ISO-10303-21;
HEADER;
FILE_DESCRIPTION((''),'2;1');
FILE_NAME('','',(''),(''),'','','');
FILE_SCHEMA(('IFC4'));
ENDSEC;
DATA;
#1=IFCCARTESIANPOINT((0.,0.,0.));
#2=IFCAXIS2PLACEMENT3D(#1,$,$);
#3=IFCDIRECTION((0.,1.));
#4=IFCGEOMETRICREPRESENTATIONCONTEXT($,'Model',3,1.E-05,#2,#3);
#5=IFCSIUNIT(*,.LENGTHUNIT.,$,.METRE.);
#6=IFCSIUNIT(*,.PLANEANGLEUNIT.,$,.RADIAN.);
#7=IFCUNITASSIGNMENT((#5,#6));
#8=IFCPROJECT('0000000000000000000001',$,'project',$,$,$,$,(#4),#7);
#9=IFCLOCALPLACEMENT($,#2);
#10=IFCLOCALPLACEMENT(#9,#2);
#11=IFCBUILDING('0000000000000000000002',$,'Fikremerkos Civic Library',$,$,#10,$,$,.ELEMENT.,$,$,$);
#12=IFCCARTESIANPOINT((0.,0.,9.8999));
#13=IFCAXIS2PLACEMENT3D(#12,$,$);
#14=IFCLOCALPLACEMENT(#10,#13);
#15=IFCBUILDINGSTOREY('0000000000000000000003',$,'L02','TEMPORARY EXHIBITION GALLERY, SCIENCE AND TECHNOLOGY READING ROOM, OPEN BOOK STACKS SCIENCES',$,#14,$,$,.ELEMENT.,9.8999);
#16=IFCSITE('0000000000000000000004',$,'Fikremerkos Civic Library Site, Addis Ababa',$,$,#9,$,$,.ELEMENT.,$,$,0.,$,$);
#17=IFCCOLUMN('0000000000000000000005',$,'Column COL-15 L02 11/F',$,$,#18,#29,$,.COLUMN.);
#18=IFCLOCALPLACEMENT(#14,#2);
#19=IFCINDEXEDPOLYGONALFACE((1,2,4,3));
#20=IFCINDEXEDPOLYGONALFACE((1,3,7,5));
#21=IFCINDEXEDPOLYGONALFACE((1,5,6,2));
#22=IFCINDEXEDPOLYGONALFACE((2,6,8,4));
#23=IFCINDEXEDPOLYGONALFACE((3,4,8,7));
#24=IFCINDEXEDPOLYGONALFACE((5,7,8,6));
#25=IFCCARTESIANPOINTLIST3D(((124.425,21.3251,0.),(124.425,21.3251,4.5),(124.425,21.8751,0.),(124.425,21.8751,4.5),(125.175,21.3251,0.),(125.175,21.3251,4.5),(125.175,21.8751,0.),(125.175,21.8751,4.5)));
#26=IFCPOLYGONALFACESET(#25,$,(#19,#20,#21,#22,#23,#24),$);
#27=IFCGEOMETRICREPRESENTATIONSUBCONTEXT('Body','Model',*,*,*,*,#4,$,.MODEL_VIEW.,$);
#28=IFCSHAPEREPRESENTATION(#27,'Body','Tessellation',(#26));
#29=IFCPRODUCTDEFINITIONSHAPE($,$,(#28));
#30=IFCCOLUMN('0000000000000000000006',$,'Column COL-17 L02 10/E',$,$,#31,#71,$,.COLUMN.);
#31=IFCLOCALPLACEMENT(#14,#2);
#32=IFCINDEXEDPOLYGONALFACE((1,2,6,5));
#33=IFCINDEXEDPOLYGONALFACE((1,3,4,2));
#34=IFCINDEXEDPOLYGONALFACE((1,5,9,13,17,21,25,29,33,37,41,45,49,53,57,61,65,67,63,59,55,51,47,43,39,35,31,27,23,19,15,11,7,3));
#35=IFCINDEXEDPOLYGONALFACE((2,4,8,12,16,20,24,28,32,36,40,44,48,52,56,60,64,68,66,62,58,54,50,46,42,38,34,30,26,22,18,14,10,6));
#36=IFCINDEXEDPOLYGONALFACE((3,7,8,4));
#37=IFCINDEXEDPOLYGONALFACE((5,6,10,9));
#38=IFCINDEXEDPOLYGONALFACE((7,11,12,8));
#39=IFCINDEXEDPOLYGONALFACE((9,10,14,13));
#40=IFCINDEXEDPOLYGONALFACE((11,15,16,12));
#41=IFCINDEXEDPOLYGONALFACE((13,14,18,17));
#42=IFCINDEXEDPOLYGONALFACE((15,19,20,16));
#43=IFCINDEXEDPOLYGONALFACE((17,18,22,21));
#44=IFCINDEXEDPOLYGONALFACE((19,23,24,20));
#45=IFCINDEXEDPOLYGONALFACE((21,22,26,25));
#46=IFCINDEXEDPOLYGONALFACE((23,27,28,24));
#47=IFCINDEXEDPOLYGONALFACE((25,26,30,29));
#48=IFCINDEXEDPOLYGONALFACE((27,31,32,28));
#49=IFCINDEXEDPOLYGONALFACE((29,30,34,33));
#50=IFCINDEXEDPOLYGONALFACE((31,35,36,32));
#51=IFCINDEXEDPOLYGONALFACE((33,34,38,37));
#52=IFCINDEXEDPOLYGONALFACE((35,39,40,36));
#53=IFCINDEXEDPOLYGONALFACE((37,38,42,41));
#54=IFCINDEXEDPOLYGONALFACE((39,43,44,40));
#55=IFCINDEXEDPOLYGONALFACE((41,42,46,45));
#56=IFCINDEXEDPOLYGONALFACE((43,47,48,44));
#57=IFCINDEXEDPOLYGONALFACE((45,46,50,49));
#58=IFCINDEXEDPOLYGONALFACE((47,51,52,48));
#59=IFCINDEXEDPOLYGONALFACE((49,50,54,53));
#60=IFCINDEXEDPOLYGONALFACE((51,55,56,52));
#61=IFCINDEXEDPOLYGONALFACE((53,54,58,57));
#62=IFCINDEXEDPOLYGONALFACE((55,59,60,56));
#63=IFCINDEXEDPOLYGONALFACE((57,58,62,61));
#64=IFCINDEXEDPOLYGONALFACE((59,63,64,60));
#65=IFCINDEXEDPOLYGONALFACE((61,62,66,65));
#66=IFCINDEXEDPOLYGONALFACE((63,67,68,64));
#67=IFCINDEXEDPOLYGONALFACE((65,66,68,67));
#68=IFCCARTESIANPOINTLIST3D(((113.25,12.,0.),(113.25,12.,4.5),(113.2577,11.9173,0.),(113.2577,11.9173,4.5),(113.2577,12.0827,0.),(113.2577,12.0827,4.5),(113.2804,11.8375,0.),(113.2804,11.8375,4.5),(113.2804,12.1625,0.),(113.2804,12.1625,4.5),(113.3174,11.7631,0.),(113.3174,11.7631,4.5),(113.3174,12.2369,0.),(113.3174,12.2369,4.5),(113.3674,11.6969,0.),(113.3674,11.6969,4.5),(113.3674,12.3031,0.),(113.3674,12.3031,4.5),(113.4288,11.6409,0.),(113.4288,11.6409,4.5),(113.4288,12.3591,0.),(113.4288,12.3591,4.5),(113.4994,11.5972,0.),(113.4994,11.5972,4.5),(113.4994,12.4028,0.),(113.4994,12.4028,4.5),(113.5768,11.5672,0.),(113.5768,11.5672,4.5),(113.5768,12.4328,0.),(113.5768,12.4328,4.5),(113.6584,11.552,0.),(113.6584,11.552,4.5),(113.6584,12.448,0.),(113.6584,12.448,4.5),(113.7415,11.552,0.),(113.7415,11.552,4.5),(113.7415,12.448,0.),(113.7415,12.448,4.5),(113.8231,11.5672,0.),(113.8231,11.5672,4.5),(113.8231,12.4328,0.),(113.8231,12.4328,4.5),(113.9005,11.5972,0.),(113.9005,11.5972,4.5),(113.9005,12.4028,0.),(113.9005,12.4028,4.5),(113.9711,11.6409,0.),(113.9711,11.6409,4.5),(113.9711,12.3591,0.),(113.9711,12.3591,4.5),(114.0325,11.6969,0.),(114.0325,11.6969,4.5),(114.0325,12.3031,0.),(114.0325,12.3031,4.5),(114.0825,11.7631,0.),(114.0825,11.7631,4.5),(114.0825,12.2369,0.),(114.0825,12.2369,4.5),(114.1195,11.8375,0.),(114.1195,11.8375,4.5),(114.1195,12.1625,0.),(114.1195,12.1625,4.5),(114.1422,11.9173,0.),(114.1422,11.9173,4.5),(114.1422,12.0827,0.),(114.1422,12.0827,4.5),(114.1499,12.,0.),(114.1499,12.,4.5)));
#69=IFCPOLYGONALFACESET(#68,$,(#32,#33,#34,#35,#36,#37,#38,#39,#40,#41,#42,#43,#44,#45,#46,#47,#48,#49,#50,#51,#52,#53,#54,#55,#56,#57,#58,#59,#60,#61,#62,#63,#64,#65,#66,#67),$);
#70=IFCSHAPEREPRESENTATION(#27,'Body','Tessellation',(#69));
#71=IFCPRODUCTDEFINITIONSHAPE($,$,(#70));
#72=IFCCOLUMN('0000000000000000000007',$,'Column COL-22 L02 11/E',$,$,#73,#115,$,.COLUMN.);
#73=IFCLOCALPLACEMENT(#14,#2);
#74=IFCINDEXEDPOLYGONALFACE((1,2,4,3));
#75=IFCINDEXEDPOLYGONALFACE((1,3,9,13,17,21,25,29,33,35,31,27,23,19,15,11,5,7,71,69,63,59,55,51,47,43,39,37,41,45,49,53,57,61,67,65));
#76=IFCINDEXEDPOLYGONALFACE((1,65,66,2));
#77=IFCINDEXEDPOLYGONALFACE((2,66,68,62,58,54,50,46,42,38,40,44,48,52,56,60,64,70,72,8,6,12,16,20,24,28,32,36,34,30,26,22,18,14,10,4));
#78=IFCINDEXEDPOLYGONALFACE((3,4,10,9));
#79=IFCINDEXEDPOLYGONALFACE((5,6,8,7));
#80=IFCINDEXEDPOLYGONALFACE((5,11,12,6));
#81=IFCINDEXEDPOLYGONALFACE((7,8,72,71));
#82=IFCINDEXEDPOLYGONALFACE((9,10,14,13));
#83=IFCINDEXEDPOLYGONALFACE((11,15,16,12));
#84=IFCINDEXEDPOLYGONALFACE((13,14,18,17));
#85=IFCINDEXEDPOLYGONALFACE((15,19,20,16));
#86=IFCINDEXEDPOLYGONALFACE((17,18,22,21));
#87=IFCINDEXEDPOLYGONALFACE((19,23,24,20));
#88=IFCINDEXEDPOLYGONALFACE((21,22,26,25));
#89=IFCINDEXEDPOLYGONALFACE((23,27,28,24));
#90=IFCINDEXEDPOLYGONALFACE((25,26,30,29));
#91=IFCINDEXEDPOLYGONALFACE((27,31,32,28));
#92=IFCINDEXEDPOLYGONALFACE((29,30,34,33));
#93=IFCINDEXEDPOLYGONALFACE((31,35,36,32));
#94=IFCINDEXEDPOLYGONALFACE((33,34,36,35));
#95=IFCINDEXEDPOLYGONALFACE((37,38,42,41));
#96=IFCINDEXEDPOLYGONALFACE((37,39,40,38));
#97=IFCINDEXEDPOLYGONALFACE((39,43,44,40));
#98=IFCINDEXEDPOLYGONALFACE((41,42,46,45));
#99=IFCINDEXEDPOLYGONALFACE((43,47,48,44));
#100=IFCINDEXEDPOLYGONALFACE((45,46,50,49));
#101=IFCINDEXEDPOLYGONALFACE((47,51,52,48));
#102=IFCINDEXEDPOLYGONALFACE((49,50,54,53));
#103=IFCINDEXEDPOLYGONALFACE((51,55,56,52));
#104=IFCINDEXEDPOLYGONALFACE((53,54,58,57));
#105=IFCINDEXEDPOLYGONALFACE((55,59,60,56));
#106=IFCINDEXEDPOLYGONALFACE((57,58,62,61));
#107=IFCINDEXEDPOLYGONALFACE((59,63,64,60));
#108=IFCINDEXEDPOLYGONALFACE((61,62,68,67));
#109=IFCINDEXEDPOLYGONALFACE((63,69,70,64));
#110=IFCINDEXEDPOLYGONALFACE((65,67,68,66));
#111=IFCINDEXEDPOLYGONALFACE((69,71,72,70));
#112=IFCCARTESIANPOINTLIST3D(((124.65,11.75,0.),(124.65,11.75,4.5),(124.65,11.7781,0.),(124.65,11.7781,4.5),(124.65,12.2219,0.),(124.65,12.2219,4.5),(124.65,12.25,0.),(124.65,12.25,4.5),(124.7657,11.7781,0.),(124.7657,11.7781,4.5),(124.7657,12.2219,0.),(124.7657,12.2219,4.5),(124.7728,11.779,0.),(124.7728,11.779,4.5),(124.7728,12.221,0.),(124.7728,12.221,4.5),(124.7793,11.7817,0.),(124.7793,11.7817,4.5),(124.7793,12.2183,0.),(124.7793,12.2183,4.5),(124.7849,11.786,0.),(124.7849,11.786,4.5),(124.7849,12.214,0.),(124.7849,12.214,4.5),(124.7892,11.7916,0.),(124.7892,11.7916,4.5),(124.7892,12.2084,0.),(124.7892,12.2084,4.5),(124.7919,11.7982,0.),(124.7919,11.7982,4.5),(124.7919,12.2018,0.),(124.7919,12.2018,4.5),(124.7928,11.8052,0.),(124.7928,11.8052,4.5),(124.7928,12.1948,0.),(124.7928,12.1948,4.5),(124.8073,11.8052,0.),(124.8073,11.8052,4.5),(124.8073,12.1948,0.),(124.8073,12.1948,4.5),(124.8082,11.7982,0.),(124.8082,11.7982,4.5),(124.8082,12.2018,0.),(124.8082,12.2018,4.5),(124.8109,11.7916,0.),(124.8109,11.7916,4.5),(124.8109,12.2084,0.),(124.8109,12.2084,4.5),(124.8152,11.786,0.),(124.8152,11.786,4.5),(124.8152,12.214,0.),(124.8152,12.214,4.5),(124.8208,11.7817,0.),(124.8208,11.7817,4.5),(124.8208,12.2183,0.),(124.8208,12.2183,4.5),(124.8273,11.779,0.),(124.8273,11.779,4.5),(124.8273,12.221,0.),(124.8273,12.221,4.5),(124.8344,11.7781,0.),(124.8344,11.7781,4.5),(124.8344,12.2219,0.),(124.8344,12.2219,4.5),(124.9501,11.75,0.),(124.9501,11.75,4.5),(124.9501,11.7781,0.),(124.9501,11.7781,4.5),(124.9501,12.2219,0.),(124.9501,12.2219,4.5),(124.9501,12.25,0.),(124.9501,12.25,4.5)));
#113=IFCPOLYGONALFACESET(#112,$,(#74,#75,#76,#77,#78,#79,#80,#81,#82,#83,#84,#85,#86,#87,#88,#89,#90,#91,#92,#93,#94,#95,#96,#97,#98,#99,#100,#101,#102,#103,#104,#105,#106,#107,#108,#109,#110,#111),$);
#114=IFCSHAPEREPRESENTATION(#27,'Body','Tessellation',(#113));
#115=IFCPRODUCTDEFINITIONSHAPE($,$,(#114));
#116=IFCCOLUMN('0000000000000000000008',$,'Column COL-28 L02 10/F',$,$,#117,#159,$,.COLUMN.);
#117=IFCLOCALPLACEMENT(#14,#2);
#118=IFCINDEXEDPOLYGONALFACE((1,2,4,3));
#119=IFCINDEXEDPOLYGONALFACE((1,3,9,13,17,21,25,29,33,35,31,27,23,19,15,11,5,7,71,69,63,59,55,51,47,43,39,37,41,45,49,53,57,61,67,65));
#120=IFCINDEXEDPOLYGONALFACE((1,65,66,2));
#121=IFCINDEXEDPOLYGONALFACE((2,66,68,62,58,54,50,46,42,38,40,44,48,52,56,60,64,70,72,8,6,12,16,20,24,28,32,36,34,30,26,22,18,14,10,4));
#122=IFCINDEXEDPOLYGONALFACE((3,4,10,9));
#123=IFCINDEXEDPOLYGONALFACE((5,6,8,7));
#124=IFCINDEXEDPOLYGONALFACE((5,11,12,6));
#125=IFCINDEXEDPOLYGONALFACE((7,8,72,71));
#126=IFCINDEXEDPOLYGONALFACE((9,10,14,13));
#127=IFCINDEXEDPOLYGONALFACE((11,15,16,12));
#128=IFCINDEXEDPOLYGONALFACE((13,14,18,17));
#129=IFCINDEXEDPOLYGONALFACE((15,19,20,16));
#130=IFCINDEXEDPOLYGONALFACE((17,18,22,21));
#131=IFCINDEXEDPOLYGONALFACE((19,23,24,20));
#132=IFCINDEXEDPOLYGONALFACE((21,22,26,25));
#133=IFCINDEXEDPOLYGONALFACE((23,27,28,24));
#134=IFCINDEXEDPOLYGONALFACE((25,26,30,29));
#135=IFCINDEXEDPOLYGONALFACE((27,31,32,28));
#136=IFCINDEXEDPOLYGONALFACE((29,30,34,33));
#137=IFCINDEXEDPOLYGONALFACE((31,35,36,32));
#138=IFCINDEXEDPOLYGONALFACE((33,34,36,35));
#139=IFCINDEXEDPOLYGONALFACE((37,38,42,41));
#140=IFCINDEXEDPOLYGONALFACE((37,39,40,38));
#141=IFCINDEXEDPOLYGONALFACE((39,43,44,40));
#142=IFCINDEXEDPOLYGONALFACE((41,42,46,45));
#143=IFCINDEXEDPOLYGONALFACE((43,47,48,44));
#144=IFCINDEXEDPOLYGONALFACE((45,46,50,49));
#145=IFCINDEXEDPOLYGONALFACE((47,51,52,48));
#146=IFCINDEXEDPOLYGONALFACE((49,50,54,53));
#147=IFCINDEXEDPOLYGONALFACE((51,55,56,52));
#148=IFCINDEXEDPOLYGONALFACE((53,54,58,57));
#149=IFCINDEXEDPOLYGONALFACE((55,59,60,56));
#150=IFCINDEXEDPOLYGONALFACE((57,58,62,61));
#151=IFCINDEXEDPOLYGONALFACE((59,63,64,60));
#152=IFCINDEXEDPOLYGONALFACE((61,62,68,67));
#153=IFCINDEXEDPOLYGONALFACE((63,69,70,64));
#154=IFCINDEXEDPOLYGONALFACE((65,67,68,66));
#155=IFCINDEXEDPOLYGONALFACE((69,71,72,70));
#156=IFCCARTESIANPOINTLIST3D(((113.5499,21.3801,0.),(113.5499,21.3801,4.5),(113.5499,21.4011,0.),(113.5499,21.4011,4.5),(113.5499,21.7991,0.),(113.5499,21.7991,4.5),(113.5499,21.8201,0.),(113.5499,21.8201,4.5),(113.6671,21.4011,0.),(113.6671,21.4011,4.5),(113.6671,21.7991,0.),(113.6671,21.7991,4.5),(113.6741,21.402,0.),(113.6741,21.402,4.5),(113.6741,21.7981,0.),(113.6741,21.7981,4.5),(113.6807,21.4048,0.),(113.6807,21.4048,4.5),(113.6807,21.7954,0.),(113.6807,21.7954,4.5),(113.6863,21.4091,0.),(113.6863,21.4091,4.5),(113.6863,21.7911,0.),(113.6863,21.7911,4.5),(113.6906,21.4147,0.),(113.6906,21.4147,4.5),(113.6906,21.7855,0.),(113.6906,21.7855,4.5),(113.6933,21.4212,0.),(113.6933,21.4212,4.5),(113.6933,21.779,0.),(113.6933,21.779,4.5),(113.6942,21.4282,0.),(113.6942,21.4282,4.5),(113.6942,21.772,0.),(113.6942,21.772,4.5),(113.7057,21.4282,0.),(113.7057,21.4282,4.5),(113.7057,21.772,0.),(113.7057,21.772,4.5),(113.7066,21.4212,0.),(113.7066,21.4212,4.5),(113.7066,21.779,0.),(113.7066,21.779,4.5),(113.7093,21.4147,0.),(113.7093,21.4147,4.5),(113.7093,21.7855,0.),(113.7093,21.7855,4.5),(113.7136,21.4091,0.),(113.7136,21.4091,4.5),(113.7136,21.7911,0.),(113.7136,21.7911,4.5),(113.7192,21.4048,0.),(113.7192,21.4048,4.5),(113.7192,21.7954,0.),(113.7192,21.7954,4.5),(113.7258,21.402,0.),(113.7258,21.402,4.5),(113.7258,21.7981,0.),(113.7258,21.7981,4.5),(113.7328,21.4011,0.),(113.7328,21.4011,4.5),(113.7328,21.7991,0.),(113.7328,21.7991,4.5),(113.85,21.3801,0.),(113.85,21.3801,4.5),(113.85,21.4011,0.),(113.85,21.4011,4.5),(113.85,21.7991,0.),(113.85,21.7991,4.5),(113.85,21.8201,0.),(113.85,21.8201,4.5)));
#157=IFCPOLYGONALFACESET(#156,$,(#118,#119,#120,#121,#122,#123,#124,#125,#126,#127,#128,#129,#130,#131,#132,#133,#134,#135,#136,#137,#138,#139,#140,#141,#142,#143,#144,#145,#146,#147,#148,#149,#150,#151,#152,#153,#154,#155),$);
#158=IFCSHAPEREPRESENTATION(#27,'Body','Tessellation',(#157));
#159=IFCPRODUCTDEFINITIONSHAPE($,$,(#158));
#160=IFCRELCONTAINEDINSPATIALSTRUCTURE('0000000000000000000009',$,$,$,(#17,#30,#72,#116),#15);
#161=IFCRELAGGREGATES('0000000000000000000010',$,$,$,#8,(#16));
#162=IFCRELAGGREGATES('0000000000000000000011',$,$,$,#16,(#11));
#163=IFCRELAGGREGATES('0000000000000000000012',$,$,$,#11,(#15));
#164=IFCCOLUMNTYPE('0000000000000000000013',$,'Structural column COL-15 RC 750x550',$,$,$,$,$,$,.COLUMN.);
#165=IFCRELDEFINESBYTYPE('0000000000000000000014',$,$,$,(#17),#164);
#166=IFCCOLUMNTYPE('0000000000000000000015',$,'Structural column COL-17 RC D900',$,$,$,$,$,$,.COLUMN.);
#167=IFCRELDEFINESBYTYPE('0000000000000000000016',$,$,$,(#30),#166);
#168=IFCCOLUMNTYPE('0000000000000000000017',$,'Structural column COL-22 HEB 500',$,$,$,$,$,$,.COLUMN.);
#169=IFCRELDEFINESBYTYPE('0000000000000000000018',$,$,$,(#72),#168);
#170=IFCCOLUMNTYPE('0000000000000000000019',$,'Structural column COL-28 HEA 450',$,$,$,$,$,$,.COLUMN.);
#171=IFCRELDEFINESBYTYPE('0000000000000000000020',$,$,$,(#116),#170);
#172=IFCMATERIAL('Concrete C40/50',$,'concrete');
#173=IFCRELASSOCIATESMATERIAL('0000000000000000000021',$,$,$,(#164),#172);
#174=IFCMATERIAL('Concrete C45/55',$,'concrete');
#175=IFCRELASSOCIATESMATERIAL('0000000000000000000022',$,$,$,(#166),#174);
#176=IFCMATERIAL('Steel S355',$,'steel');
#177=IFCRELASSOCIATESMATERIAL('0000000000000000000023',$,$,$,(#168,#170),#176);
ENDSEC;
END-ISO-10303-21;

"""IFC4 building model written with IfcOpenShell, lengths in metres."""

from ifc_helpers import new_model, si_unit, direction, frame, origin, origin_2d, place, context, subcontext, project, spatial, rectangle, circle, i_section, extrude, material, material_profile, profile_set, type_object, element, save


model = new_model("IFC4")

# Units and contexts
model_context = context("Model", 3, precision=1e-05, world=origin(), true_north=direction((0.0, 1.0)))
body_context = subcontext(model_context, "Body", "Model", "MODEL_VIEW")
ifc_project = project(units=[si_unit("LENGTHUNIT", "METRE"), si_unit("PLANEANGLEUNIT", "RADIAN")], contexts=[model_context])

# Site, building, storey
site_placement = place(None, origin())
site = spatial("IfcSite", under=ifc_project, at=site_placement, Name="Fikremerkos Civic Library Site, Addis Ababa", CompositionType="ELEMENT", RefElevation=0.0)
building_placement = place(site_placement, origin())
building = spatial("IfcBuilding", under=site, at=building_placement, Name="Fikremerkos Civic Library", CompositionType="ELEMENT")
storey_placement = place(building_placement, frame((0.0, 0.0, 9.8999)))
storey = spatial("IfcBuildingStorey", under=building, at=storey_placement, Name="L02", Description="TEMPORARY EXHIBITION GALLERY, SCIENCE AND TECHNOLOGY READING ROOM, OPEN BOOK STACKS SCIENCES", CompositionType="ELEMENT", Elevation=9.8999)

# Columns
ifc_material_1 = material(Name="Concrete C40/50", Category="concrete")
ifc_material_profile_1 = material_profile(ifc_material_1, rectangle(XDim=0.75, YDim=0.55, at=origin_2d()), Name="RC 750x550")
ifc_profile_set_1 = profile_set([ifc_material_profile_1], Name="Concrete C40/50")
column_type_1 = type_object("IfcColumnType", Name="Structural column COL-15 RC 750x550", PredefinedType="COLUMN", material=ifc_profile_set_1)
column_1_placement = place(storey_placement, frame((124.8, 21.6001, 0.0), z_axis=(0.0, 0.0, 1.0), x_axis=(1.0, 0.0, 0.0)))
element("IfcColumn", 1, at=column_1_placement, inside=storey, type_object=column_type_1, Name="Column COL-15 L02 11/F", PredefinedType="COLUMN", context=body_context, shape_type="SweptSolid", body=[
    extrude(rectangle(XDim=0.75, YDim=0.55, at=origin_2d()), origin(), (0.0, 0.0, 1.0), 4.5),
])
ifc_material_2 = material(Name="Concrete C45/55", Category="concrete")
ifc_material_profile_2 = material_profile(ifc_material_2, circle(Radius=0.45, at=origin_2d()), Name="RC D900")
ifc_profile_set_2 = profile_set([ifc_material_profile_2], Name="Concrete C45/55")
column_type_2 = type_object("IfcColumnType", Name="Structural column COL-17 RC D900", PredefinedType="COLUMN", material=ifc_profile_set_2)
column_2_placement = place(storey_placement, frame((113.7, 12.0, 0.0), z_axis=(0.0, 0.0, 1.0), x_axis=(1.0, 0.0, 0.0)))
element("IfcColumn", 2, at=column_2_placement, inside=storey, type_object=column_type_2, Name="Column COL-17 L02 10/E", PredefinedType="COLUMN", context=body_context, shape_type="SweptSolid", body=[
    extrude(circle(Radius=0.45, at=origin_2d()), origin(), (0.0, 0.0, 1.0), 4.5),
])
ifc_material_3 = material(Name="Steel S355", Category="steel")
ifc_material_profile_3 = material_profile(ifc_material_3, i_section(OverallWidth=0.3, OverallDepth=0.5, WebThickness=0.0144, FlangeThickness=0.0281, FilletRadius=0.0271, at=origin_2d()), Name="HEB 500")
ifc_profile_set_3 = profile_set([ifc_material_profile_3], Name="Steel S355")
column_type_3 = type_object("IfcColumnType", Name="Structural column COL-22 HEB 500", PredefinedType="COLUMN", material=ifc_profile_set_3)
column_3_placement = place(storey_placement, frame((124.8, 12.0, 0.0), z_axis=(0.0, 0.0, 1.0), x_axis=(1.0, 0.0, 0.0)))
element("IfcColumn", 3, at=column_3_placement, inside=storey, type_object=column_type_3, Name="Column COL-22 L02 11/E", PredefinedType="COLUMN", context=body_context, shape_type="SweptSolid", body=[
    extrude(i_section(OverallWidth=0.3, OverallDepth=0.5, WebThickness=0.0144, FlangeThickness=0.0281, FilletRadius=0.0271, at=origin_2d()), origin(), (0.0, 0.0, 1.0), 4.5),
])
ifc_material_profile_4 = material_profile(ifc_material_3, i_section(OverallWidth=0.3, OverallDepth=0.4399, WebThickness=0.0115, FlangeThickness=0.021, FilletRadius=0.0271, at=origin_2d()), Name="HEA 450")
ifc_profile_set_4 = profile_set([ifc_material_profile_4], Name="Steel S355")
column_type_4 = type_object("IfcColumnType", Name="Structural column COL-28 HEA 450", PredefinedType="COLUMN", material=ifc_profile_set_4)
column_4_placement = place(storey_placement, frame((113.7, 21.6001, 0.0), z_axis=(0.0, 0.0, 1.0), x_axis=(1.0, 0.0, 0.0)))
element("IfcColumn", 4, at=column_4_placement, inside=storey, type_object=column_type_4, Name="Column COL-28 L02 10/F", PredefinedType="COLUMN", context=body_context, shape_type="SweptSolid", body=[
    extrude(i_section(OverallWidth=0.3, OverallDepth=0.4399, WebThickness=0.0115, FlangeThickness=0.021, FilletRadius=0.0271, at=origin_2d()), origin(), (0.0, 0.0, 1.0), 4.5),
])

save(model, "model.ifc")
